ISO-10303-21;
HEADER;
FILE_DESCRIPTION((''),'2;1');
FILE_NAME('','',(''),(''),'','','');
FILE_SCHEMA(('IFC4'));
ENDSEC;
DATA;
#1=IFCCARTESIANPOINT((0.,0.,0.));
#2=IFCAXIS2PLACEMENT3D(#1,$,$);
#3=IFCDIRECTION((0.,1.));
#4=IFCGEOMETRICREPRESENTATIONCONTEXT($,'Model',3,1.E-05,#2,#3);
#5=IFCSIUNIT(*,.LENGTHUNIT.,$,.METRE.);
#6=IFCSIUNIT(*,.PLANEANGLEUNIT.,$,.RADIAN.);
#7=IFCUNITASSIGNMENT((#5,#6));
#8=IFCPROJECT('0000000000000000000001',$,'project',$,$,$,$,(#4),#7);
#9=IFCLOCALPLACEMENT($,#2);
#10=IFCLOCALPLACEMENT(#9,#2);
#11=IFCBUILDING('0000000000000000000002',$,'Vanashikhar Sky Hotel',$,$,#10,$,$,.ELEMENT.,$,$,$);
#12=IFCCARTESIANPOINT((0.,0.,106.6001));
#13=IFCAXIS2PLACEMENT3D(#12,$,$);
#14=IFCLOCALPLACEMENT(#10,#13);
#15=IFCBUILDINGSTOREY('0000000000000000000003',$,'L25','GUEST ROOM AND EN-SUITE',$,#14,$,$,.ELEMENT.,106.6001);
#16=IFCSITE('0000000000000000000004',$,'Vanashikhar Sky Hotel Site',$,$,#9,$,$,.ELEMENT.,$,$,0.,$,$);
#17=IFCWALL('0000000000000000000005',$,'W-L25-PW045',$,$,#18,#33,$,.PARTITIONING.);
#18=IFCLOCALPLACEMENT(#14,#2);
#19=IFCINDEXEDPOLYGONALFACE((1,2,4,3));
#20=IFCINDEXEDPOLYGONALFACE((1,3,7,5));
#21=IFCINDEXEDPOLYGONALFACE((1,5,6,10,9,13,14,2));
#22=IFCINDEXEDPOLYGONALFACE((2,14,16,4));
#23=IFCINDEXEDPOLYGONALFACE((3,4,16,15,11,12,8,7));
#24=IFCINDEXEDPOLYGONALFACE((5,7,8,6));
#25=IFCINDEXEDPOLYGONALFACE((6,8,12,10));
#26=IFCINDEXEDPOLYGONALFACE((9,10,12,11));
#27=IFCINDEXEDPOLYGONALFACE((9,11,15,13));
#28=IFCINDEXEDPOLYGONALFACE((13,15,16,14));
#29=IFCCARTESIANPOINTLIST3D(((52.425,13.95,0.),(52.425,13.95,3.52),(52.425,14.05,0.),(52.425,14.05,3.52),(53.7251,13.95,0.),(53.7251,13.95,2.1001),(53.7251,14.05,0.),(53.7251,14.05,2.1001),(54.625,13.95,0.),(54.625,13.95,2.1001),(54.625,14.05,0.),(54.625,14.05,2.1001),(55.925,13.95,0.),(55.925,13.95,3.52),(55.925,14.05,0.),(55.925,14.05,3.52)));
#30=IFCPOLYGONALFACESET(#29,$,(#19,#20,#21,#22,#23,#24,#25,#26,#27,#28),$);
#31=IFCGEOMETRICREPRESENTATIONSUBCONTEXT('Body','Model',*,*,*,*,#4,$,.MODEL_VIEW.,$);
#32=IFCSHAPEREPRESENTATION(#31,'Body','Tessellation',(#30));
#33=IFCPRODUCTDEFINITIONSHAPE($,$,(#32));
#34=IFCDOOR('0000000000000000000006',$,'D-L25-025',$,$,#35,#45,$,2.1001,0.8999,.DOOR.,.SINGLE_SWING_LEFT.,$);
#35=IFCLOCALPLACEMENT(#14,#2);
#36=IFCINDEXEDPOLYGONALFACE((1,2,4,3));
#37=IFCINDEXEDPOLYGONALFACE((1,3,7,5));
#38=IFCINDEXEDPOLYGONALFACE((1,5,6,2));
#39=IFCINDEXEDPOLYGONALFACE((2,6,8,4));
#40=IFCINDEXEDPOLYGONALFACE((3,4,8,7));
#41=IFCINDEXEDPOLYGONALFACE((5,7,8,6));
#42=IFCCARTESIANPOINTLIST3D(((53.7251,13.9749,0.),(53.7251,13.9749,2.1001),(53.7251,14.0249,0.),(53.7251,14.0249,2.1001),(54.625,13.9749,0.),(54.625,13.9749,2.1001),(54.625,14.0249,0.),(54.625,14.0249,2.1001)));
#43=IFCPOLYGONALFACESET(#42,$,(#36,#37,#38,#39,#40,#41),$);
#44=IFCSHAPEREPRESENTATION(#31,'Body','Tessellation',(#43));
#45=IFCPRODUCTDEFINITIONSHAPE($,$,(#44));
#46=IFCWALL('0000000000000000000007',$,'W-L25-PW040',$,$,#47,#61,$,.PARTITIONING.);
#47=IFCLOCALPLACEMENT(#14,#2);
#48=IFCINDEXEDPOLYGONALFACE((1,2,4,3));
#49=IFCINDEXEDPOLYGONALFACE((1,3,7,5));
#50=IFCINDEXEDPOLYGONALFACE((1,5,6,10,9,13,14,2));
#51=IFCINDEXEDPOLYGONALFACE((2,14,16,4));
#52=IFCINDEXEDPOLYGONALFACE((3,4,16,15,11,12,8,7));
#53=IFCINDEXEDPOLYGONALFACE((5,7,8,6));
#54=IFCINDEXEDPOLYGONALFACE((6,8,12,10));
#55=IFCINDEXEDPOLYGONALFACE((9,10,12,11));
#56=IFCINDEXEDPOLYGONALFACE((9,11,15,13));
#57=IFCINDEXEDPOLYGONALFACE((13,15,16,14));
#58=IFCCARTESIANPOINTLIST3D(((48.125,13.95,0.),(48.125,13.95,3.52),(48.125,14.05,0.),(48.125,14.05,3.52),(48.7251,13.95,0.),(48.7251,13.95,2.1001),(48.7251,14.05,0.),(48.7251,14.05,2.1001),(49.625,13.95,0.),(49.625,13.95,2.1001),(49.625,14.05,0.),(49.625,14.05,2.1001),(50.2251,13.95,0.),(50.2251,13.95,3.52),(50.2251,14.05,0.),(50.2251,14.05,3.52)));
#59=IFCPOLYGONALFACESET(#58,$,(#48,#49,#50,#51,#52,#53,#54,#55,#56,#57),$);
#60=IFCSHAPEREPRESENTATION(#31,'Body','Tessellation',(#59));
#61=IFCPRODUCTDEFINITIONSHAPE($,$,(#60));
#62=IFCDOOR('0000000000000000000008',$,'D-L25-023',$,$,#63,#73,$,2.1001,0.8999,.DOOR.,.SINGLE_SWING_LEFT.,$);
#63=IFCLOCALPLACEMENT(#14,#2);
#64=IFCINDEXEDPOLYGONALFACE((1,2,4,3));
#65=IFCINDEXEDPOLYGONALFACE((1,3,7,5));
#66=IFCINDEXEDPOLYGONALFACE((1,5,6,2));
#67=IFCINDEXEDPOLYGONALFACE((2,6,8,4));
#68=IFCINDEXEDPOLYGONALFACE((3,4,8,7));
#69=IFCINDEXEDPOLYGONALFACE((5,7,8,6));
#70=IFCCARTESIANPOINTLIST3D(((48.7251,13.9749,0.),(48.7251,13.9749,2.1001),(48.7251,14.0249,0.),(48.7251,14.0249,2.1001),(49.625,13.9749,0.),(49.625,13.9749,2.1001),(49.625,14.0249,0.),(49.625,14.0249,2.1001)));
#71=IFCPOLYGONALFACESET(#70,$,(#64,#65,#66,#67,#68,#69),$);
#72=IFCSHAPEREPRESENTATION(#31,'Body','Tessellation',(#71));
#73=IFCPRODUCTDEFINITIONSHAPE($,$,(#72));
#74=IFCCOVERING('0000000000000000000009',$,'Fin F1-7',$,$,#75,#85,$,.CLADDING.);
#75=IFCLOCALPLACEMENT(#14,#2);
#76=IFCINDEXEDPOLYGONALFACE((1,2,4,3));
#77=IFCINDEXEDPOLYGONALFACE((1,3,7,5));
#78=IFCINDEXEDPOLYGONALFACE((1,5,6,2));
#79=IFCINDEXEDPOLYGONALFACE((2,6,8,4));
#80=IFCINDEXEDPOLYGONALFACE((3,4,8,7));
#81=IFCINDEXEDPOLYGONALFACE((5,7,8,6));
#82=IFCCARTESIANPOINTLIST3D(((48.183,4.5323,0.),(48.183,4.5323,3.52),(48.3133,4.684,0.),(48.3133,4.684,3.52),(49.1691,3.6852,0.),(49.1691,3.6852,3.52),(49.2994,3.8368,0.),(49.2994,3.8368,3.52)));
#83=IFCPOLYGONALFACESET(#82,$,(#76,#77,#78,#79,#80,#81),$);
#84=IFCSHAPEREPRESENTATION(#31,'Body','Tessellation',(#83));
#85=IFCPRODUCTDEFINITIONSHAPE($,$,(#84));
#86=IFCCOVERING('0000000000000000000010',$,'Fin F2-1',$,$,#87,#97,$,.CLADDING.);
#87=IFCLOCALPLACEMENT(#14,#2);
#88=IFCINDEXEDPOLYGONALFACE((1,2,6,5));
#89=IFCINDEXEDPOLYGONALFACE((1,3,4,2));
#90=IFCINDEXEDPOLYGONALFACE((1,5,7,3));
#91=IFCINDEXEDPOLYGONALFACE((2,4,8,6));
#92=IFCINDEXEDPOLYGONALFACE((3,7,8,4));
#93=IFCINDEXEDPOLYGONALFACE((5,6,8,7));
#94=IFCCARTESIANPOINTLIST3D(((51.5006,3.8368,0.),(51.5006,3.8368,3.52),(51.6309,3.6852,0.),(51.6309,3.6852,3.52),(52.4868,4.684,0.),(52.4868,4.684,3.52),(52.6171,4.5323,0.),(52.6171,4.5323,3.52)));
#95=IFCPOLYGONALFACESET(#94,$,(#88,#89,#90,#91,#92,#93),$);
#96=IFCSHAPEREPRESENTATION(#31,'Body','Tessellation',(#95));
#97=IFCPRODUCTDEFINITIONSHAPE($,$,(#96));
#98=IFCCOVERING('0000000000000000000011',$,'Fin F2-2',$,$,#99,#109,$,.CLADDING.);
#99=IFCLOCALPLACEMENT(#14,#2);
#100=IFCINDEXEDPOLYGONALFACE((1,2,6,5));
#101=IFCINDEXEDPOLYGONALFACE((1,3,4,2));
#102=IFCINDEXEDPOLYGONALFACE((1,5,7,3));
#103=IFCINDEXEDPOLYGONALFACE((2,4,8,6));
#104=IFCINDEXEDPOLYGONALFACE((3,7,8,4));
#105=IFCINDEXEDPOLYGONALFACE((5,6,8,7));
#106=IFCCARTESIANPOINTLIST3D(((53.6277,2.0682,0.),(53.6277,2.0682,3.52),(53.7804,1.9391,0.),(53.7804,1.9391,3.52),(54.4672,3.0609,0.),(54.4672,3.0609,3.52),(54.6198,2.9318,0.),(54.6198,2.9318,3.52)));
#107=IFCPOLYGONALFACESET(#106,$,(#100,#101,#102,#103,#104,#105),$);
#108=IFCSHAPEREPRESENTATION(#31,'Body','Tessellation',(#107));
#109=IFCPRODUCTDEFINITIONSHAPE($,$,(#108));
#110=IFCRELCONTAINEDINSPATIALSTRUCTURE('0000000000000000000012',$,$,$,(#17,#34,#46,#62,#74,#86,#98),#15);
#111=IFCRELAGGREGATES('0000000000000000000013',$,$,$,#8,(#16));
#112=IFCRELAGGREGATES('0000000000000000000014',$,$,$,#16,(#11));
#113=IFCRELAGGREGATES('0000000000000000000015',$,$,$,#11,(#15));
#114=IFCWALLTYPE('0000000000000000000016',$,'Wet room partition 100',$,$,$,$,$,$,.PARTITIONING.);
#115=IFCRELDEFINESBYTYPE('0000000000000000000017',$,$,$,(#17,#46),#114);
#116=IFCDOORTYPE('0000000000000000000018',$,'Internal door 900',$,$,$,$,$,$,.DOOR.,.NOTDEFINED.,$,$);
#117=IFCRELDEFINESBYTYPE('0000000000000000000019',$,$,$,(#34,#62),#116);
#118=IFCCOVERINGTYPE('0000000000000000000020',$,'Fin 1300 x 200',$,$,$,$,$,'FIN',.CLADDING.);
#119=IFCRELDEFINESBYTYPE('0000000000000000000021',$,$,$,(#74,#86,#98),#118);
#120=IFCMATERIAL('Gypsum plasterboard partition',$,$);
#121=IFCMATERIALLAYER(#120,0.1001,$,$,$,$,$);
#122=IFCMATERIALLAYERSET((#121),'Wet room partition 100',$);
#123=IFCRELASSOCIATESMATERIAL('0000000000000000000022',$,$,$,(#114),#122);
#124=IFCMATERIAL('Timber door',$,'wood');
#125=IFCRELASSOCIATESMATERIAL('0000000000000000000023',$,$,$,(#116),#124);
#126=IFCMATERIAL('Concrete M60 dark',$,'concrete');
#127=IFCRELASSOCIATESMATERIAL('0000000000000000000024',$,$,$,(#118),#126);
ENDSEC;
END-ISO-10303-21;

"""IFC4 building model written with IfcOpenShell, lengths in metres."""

from ifc_helpers import new_model, si_unit, direction, frame, frame_2d, origin, origin_2d, place, context, subcontext, project, spatial, rectangle, extrude, source, transform, mapped, material, layer, layer_set, material_profile, profile_set, type_object, element, fill, save


model = new_model("IFC4")

# Units and contexts
model_context = context("Model", 3, precision=1e-05, world=origin(), true_north=direction((0.0, 1.0)))
body_context = subcontext(model_context, "Body", "Model", "MODEL_VIEW")
ifc_project = project(units=[si_unit("LENGTHUNIT", "METRE"), si_unit("PLANEANGLEUNIT", "RADIAN")], contexts=[model_context])

# Site, building, storey
site_placement = place(None, origin())
site = spatial("IfcSite", under=ifc_project, at=site_placement, Name="Vanashikhar Sky Hotel Site", CompositionType="ELEMENT", RefElevation=0.0)
building_placement = place(site_placement, origin())
building = spatial("IfcBuilding", under=site, at=building_placement, Name="Vanashikhar Sky Hotel", CompositionType="ELEMENT")
storey_placement = place(building_placement, frame((0.0, 0.0, 106.6001)))
storey = spatial("IfcBuildingStorey", under=building, at=storey_placement, Name="L25", Description="GUEST ROOM AND EN-SUITE", CompositionType="ELEMENT", Elevation=106.6001)

# Walls, openings, doors
ifc_material_1 = material(Name="Gypsum plasterboard partition")
ifc_layer_1 = layer(ifc_material_1, 0.1001)
ifc_layer_set_1 = layer_set([ifc_layer_1], Name="Wet room partition 100")
wall_type_1 = type_object("IfcWallType", Name="Wet room partition 100", PredefinedType="PARTITIONING", material=ifc_layer_set_1)
shared_shape_1 = source(origin(), body_context, "Body", "SweptSolid", [
    extrude(rectangle(XDim=3.5, YDim=0.1001, at=frame_2d((1.75, 0.0))), origin(), (0.0, 0.0, 1.0), 3.52),
])
wall_1_placement = place(storey_placement, frame((52.425, 14.0, 0.0), z_axis=(0.0, 0.0, 1.0), x_axis=(1.0, 0.0, 0.0)))
wall_1 = element("IfcWall", 1, at=wall_1_placement, inside=storey, type_object=wall_type_1, Name="W-L25-PW045", PredefinedType="PARTITIONING", context=body_context, shape_type="MappedRepresentation", body=[
    mapped(shared_shape_1, transform((0.0, 0.0, 0.0), scale=1.0)),
])
shared_shape_2 = source(origin(), body_context, "Body", "SweptSolid", [
    extrude(rectangle(XDim=0.8999, YDim=2.1001, at=frame_2d((0.45, 1.05))), frame((0.0, 0.0601, 0.0), z_axis=(0.0, -1.0, 0.0), x_axis=(1.0, 0.0, 0.0)), (0.0, 0.0, 1.0), 0.1201),
])
opening_1_placement = place(wall_1_placement, frame((1.3, 0.0, 0.0)))
opening_1 = element("IfcOpeningElement", 2, at=opening_1_placement, cuts=wall_1, PredefinedType="OPENING", context=body_context, shape_type="MappedRepresentation", body=[
    mapped(shared_shape_2, transform((0.0, 0.0, 0.0), scale=1.0)),
])
ifc_material_2 = material(Name="Timber door", Category="wood")
door_type = type_object("IfcDoorType", Name="Internal door 900", OperationType="NOTDEFINED", PredefinedType="DOOR", material=ifc_material_2)
shared_shape_3 = source(origin(), body_context, "Body", "SweptSolid", [
    extrude(rectangle(XDim=0.8999, YDim=2.1001, at=frame_2d((0.45, 1.05))), frame((0.0, 0.0249, 0.0), z_axis=(0.0, -1.0, 0.0), x_axis=(1.0, 0.0, 0.0)), (0.0, 0.0, 1.0), 0.05),
])
door_1_placement = place(opening_1_placement, origin())
door_1 = element("IfcDoor", 3, at=door_1_placement, inside=storey, type_object=door_type, Name="D-L25-025", OperationType="SINGLE_SWING_LEFT", OverallHeight=2.1001, OverallWidth=0.8999, PredefinedType="DOOR", context=body_context, shape_type="MappedRepresentation", body=[
    mapped(shared_shape_3, transform((0.0, 0.0, 0.0), scale=1.0)),
])
fill(opening_1, door_1)
shared_shape_4 = source(origin(), body_context, "Body", "SweptSolid", [
    extrude(rectangle(XDim=2.1001, YDim=0.1001, at=frame_2d((1.05, 0.0))), origin(), (0.0, 0.0, 1.0), 3.52),
])
wall_2_placement = place(storey_placement, frame((48.125, 14.0, 0.0), z_axis=(0.0, 0.0, 1.0), x_axis=(1.0, 0.0, 0.0)))
wall_2 = element("IfcWall", 4, at=wall_2_placement, inside=storey, type_object=wall_type_1, Name="W-L25-PW040", PredefinedType="PARTITIONING", context=body_context, shape_type="MappedRepresentation", body=[
    mapped(shared_shape_4, transform((0.0, 0.0, 0.0), scale=1.0)),
])
opening_2_placement = place(wall_2_placement, frame((0.6001, 0.0, 0.0)))
opening_2 = element("IfcOpeningElement", 5, at=opening_2_placement, cuts=wall_2, PredefinedType="OPENING", context=body_context, shape_type="MappedRepresentation", body=[
    mapped(shared_shape_2, transform((0.0, 0.0, 0.0), scale=1.0)),
])
door_2_placement = place(opening_2_placement, origin())
door_2 = element("IfcDoor", 6, at=door_2_placement, inside=storey, type_object=door_type, Name="D-L25-023", OperationType="SINGLE_SWING_LEFT", OverallHeight=2.1001, OverallWidth=0.8999, PredefinedType="DOOR", context=body_context, shape_type="MappedRepresentation", body=[
    mapped(shared_shape_3, transform((0.0, 0.0, 0.0), scale=1.0)),
])
fill(opening_2, door_2)

# Coverings
ifc_material_3 = material(Name="Concrete M60 dark", Category="concrete")
ifc_material_profile = material_profile(ifc_material_3, rectangle(XDim=1.3, YDim=0.2, at=origin_2d()))
ifc_profile_set = profile_set([ifc_material_profile], Name="Fin 1300 x 200")
covering_type = type_object("IfcCoveringType", Name="Fin 1300 x 200", ElementType="FIN", PredefinedType="CLADDING", material=ifc_profile_set)
shared_shape_5 = source(origin(), body_context, "Body", "SweptSolid", [
    extrude(rectangle(XDim=1.3, YDim=0.2, at=origin_2d()), origin(), (0.0, 0.0, 1.0), 3.52),
])
for number, where, z_axis, x_axis, name in (
    (7, (48.7412, 4.1846, 0.0), (0.0, 0.0, 1.0), (0.758544, -0.651622, 0.0), "Fin F1-7"),
    (8, (52.0588, 4.1846, 0.0), (0.0, 0.0, 1.0), (-0.758544, -0.651622, 0.0), "Fin F2-1"),
    (9, (54.1238, 2.5, 0.0), (0.0, 0.0, 1.0), (-0.645698, -0.763593, 0.0), "Fin F2-2"),
):
    element("IfcCovering", number, at=place(storey_placement, frame(where, z_axis=z_axis, x_axis=x_axis)), inside=storey, type_object=covering_type, Name=name, PredefinedType="CLADDING", context=body_context, shape_type="MappedRepresentation", body=[
        mapped(shared_shape_5, transform((0.0, 0.0, 0.0), scale=1.0)),
    ])

save(model, "model.ifc")
